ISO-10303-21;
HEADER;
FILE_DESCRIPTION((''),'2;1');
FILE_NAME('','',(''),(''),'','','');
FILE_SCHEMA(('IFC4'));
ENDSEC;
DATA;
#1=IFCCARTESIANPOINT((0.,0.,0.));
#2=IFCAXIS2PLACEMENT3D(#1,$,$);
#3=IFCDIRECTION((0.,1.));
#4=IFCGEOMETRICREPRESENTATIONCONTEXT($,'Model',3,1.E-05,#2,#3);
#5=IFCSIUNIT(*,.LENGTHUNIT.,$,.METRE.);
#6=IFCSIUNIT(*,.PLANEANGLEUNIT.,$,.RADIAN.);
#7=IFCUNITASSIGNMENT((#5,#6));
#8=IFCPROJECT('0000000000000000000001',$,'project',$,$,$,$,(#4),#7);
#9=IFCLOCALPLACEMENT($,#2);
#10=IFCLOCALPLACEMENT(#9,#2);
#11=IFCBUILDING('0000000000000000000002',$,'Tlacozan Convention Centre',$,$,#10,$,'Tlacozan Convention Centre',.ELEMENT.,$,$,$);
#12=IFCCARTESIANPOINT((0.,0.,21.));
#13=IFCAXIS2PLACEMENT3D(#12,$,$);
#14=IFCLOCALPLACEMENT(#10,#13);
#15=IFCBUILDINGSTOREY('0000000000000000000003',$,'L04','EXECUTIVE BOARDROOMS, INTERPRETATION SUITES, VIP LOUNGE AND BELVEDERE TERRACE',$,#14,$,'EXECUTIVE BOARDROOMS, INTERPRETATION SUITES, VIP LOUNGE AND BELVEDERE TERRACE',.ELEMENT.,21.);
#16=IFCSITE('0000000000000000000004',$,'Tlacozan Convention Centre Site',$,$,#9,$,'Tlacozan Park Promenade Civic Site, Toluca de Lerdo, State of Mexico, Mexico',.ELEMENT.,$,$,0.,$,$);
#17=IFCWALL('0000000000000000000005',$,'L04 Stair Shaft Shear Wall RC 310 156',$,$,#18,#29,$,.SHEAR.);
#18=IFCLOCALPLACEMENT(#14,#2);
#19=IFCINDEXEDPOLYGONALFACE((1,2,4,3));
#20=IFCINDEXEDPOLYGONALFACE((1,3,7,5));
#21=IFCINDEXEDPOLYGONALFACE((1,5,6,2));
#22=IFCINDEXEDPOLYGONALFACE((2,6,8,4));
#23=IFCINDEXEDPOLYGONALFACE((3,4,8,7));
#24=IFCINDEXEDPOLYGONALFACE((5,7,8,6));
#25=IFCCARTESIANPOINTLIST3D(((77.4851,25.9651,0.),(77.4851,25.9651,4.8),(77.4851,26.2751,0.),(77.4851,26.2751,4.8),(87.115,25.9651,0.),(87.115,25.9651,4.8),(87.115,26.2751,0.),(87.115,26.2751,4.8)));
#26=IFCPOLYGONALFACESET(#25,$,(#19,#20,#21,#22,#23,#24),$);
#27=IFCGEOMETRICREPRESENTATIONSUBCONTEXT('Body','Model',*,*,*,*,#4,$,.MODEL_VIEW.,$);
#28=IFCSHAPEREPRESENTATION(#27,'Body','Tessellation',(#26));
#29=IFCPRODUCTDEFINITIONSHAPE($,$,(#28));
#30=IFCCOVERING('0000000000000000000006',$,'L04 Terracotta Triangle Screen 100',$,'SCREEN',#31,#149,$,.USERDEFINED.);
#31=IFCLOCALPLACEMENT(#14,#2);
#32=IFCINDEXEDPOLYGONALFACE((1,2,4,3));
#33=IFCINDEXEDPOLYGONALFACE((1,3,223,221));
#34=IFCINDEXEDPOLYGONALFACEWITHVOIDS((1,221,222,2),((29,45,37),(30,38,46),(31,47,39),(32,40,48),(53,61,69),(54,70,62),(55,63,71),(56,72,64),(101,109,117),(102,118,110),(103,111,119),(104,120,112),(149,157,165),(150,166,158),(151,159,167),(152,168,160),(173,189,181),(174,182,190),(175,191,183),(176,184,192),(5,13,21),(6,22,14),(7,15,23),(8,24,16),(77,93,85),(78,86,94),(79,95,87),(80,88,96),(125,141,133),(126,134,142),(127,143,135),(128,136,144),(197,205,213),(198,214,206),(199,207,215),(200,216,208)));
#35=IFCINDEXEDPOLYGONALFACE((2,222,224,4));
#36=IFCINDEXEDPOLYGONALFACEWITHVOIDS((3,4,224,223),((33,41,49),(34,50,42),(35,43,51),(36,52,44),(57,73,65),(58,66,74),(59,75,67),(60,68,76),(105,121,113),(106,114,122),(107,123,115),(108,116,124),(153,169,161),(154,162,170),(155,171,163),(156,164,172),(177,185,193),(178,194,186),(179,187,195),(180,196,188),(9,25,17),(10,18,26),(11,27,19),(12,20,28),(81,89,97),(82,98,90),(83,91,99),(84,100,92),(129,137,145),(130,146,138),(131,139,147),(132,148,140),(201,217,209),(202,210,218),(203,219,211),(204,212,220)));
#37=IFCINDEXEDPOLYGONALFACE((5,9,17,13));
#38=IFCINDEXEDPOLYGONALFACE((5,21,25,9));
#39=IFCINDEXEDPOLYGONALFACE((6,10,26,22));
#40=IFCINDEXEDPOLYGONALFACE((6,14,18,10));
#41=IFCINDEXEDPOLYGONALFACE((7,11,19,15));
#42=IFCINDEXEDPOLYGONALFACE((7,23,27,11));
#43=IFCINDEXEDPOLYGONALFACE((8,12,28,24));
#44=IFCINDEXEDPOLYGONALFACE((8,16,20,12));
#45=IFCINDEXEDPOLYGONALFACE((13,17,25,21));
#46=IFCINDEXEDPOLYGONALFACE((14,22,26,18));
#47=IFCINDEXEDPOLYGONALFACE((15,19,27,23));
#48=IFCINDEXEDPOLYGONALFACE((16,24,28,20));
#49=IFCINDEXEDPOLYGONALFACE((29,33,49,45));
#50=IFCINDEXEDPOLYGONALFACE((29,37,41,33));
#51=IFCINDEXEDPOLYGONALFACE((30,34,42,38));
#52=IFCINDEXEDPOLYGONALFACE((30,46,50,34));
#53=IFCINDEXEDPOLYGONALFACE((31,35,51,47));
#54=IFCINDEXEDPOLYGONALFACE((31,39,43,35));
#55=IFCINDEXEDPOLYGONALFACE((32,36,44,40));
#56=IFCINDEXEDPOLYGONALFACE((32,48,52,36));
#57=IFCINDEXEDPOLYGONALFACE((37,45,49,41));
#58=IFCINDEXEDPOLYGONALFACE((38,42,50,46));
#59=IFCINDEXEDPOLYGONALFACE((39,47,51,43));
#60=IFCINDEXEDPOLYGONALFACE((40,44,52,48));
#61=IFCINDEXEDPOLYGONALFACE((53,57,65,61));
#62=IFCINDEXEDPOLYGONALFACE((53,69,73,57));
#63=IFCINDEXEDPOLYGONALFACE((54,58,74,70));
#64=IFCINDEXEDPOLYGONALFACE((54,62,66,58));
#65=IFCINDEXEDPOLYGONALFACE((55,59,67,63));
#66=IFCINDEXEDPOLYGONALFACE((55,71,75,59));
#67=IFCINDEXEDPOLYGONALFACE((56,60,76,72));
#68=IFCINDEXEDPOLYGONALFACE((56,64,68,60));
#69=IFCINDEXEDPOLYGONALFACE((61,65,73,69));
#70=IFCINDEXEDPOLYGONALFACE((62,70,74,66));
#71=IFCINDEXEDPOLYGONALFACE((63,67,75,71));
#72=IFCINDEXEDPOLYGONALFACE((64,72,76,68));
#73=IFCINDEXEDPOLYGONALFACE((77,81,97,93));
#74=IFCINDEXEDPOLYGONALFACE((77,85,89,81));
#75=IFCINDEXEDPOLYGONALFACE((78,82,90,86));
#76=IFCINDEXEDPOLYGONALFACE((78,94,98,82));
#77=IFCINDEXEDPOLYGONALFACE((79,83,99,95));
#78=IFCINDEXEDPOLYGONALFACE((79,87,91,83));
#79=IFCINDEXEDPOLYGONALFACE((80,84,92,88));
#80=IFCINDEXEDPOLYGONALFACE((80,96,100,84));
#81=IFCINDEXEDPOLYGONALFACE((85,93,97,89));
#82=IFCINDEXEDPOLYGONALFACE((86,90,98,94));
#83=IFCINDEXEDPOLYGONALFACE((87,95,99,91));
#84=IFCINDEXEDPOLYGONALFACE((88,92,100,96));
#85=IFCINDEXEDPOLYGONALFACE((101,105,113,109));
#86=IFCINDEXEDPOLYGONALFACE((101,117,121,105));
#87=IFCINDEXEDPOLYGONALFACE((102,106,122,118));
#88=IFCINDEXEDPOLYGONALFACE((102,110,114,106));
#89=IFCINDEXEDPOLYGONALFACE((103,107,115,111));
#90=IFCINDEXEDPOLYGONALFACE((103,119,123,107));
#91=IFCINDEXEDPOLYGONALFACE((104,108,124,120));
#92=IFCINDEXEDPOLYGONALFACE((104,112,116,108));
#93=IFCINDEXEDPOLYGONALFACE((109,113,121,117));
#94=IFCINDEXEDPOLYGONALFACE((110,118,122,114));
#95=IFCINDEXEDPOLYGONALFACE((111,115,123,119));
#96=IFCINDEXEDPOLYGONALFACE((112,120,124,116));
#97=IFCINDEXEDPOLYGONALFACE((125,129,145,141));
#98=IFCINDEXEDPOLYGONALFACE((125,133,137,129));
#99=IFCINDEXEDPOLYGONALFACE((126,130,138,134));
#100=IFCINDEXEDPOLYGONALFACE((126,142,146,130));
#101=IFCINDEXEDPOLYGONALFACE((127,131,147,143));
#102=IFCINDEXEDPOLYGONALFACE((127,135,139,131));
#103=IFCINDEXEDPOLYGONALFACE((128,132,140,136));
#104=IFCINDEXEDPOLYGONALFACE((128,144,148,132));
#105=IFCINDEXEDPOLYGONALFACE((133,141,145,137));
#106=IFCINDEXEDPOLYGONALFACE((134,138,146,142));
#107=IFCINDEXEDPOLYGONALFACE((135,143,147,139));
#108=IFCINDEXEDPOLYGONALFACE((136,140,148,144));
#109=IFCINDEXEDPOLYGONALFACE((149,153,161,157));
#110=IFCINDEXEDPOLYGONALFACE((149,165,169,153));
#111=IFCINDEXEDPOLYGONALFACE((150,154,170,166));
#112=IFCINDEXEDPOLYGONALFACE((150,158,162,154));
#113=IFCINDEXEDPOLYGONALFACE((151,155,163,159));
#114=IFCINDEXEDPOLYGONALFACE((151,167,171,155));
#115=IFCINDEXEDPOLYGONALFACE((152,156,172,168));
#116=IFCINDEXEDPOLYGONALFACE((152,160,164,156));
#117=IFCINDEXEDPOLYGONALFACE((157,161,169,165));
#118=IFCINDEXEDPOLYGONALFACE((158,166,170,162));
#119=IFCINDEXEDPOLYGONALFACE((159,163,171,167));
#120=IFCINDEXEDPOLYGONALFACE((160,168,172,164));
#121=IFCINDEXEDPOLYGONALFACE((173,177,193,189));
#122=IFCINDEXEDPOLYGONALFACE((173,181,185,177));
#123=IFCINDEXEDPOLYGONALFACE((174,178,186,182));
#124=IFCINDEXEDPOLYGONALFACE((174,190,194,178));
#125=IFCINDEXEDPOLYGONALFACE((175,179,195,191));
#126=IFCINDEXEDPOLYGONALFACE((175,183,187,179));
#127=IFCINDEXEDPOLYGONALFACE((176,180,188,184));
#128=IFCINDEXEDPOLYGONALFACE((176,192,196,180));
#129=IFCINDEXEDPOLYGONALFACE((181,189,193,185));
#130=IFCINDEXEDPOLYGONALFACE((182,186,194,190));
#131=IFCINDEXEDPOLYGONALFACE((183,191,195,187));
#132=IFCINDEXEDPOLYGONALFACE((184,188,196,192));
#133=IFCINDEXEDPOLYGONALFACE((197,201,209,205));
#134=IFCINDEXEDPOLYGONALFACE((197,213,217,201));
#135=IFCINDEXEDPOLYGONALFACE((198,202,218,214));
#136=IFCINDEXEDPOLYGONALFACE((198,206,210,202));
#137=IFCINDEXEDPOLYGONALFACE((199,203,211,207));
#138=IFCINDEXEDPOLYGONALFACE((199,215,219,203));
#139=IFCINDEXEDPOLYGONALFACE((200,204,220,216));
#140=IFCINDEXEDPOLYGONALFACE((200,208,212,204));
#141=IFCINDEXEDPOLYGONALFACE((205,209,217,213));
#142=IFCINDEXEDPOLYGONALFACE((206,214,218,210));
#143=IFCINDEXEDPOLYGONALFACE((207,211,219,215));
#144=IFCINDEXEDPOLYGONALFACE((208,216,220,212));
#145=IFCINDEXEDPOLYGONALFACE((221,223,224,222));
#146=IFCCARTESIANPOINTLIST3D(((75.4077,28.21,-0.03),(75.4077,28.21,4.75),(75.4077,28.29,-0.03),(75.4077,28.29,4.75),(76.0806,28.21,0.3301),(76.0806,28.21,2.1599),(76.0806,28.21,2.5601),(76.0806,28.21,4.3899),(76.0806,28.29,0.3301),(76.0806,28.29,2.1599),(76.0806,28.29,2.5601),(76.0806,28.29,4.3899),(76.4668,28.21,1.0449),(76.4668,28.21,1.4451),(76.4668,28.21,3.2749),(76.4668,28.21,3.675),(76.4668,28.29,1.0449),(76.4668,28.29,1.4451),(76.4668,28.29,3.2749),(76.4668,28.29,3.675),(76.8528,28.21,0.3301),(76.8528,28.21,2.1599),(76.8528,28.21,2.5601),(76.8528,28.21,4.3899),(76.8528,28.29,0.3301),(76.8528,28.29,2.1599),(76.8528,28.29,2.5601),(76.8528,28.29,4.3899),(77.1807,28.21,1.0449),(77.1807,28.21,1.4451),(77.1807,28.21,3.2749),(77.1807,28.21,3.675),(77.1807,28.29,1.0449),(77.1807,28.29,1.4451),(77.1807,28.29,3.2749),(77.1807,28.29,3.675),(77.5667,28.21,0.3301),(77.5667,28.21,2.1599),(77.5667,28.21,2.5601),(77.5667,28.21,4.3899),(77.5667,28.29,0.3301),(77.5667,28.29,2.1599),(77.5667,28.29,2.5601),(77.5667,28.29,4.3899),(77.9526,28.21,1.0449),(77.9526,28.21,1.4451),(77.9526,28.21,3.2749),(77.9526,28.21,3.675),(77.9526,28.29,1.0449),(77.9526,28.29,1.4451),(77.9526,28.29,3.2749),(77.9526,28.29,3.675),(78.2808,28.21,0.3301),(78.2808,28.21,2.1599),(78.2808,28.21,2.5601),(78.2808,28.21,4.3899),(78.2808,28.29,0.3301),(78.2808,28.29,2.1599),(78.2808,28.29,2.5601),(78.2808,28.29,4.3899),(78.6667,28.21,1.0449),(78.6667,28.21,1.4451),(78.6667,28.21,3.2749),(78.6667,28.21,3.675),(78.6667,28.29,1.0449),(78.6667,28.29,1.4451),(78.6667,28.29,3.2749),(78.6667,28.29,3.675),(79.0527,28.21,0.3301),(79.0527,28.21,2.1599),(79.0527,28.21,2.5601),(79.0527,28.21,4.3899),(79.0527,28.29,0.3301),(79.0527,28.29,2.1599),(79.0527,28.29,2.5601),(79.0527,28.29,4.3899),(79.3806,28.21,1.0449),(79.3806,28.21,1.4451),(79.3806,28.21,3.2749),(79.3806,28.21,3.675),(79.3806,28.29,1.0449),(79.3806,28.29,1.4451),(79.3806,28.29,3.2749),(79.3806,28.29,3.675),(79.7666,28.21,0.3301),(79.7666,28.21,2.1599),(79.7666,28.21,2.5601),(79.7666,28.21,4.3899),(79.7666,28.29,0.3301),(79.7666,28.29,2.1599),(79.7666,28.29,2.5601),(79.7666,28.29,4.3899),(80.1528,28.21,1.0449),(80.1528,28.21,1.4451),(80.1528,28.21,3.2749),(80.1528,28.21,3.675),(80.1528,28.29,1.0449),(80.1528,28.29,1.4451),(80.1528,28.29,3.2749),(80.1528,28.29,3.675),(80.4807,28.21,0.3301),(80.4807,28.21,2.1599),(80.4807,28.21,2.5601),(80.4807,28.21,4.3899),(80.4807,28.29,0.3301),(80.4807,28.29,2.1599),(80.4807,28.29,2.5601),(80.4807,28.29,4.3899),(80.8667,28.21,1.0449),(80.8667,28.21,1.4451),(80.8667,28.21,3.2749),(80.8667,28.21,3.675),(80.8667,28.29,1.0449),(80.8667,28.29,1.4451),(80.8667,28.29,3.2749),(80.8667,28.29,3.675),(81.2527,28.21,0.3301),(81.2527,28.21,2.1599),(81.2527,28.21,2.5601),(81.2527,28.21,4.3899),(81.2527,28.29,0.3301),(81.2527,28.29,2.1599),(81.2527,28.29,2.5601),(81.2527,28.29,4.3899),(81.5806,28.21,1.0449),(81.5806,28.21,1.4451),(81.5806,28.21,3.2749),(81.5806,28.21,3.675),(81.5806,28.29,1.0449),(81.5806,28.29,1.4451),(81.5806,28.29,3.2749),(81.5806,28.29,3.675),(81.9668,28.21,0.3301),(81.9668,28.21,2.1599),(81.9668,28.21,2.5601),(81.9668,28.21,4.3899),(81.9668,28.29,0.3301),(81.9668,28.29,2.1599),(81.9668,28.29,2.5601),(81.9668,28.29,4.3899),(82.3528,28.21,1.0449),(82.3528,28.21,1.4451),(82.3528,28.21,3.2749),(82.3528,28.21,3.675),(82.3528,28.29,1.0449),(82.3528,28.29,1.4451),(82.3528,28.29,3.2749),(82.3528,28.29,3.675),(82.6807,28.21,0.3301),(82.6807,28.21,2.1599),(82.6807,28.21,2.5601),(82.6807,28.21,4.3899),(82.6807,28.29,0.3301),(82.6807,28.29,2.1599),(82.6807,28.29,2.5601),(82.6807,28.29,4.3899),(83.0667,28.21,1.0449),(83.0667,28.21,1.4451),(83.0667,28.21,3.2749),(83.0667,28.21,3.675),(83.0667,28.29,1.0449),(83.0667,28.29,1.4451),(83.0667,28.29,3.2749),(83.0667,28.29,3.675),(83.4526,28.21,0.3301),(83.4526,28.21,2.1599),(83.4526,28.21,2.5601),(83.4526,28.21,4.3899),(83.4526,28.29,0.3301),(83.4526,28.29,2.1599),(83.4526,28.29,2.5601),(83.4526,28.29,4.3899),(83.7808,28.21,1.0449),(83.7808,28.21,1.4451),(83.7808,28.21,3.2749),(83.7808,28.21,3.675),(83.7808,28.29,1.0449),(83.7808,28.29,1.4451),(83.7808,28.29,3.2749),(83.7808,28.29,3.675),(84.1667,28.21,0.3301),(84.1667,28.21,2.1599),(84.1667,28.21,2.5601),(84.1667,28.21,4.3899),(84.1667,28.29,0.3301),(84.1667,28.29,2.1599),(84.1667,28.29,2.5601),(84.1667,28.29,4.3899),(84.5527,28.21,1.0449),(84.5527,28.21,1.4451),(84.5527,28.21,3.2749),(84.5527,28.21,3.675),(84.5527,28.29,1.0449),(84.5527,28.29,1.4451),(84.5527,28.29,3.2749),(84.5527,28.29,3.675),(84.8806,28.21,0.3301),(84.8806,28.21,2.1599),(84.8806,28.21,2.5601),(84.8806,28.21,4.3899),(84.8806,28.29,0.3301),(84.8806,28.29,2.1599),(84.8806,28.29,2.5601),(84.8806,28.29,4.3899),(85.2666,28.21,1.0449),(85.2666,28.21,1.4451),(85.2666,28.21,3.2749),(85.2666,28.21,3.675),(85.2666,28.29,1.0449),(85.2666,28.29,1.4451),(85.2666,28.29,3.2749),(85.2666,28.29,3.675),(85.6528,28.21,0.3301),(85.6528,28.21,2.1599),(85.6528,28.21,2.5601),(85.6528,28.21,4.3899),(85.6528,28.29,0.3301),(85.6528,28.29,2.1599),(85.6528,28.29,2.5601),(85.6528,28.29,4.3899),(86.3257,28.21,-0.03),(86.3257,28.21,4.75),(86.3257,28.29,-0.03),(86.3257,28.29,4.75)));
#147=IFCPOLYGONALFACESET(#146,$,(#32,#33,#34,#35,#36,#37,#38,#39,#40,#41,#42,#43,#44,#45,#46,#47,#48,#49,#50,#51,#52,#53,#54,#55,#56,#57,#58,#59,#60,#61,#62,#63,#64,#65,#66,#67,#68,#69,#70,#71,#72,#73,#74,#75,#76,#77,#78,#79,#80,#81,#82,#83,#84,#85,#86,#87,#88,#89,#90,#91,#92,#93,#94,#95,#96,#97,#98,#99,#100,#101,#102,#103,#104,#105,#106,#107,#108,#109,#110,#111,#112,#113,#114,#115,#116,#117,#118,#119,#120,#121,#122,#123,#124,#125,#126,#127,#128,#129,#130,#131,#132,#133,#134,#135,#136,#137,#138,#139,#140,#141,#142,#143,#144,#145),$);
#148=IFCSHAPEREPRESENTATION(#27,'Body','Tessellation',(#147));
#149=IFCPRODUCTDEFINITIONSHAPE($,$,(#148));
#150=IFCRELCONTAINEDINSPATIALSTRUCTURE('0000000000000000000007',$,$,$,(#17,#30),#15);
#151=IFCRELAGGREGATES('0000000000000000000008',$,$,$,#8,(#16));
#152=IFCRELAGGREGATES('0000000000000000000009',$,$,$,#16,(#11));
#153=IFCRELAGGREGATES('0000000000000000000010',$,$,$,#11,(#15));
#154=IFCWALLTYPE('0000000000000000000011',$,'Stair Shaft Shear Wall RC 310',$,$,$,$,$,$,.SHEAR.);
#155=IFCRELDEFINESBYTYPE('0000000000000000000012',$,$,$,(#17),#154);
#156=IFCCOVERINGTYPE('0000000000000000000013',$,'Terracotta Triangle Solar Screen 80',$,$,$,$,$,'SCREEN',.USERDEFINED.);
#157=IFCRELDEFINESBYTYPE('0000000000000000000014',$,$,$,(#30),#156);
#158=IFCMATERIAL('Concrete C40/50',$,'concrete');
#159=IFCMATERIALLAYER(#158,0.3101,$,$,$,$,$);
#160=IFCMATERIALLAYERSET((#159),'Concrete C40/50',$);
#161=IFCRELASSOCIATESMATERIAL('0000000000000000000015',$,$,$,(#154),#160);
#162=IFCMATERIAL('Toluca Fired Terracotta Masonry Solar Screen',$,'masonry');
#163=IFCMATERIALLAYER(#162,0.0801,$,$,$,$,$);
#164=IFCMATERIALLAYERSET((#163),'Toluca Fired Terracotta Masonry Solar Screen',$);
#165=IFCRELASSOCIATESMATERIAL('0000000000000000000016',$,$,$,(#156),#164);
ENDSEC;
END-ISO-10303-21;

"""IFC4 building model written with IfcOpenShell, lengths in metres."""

from ifc_helpers import new_model, si_unit, direction, frame, frame_2d, origin, place, context, subcontext, project, spatial, polyline, rectangle, outline, extrude, material, layer, layer_set, type_object, element, save


model = new_model("IFC4")

# Units and contexts
model_context = context("Model", 3, precision=1e-05, world=origin(), true_north=direction((0.0, 1.0)))
body_context = subcontext(model_context, "Body", "Model", "MODEL_VIEW")
ifc_project = project(units=[si_unit("LENGTHUNIT", "METRE"), si_unit("PLANEANGLEUNIT", "RADIAN")], contexts=[model_context])

# Site, building, storey
site_placement = place(None, origin())
site = spatial("IfcSite", under=ifc_project, at=site_placement, Name="Tlacozan Convention Centre Site", LongName="Tlacozan Park Promenade Civic Site, Toluca de Lerdo, State of Mexico, Mexico", CompositionType="ELEMENT", RefElevation=0.0)
building_placement = place(site_placement, origin())
building = spatial("IfcBuilding", under=site, at=building_placement, Name="Tlacozan Convention Centre", LongName="Tlacozan Convention Centre", CompositionType="ELEMENT")
storey_placement = place(building_placement, frame((0.0, 0.0, 21.0)))
storey = spatial("IfcBuildingStorey", under=building, at=storey_placement, Name="L04", Description="EXECUTIVE BOARDROOMS, INTERPRETATION SUITES, VIP LOUNGE AND BELVEDERE TERRACE", LongName="EXECUTIVE BOARDROOMS, INTERPRETATION SUITES, VIP LOUNGE AND BELVEDERE TERRACE", CompositionType="ELEMENT", Elevation=21.0)

# Shared definitions
ifc_material_1 = material(Name="Concrete C40/50", Category="concrete")

# Wall
ifc_layer_1 = layer(ifc_material_1, 0.3101)
ifc_layer_set_1 = layer_set([ifc_layer_1], Name="Concrete C40/50")
wall_type_1 = type_object("IfcWallType", Name="Stair Shaft Shear Wall RC 310", PredefinedType="SHEAR", material=ifc_layer_set_1)
wall_1_placement = place(storey_placement, frame((77.4851, 26.1201, 0.0), z_axis=(0.0, 0.0, 1.0), x_axis=(1.0, 0.0, 0.0)))
element("IfcWall", 1, at=wall_1_placement, inside=storey, type_object=wall_type_1, Name="L04 Stair Shaft Shear Wall RC 310 156", PredefinedType="SHEAR", context=body_context, shape_type="SweptSolid", body=[
    extrude(rectangle(XDim=9.6299, YDim=0.3101, at=frame_2d((4.8149, 0.0))), origin(), (0.0, 0.0, 1.0), 4.8),
])

# Covering
ifc_material_2 = material(Name="Toluca Fired Terracotta Masonry Solar Screen", Category="masonry")
ifc_layer_2 = layer(ifc_material_2, 0.0801)
ifc_layer_set_2 = layer_set([ifc_layer_2], Name="Toluca Fired Terracotta Masonry Solar Screen")
covering_type = type_object("IfcCoveringType", Name="Terracotta Triangle Solar Screen 80", ElementType="SCREEN", PredefinedType="USERDEFINED", material=ifc_layer_set_2)
covering_1_placement = place(storey_placement, frame((75.4077, 28.25, -0.03), z_axis=(0.0, 0.0, 1.0), x_axis=(1.0, 0.0, 0.0)))
element("IfcCovering", 2, at=covering_1_placement, inside=storey, type_object=covering_type, Name="L04 Terracotta Triangle Screen 100", ObjectType="SCREEN", PredefinedType="USERDEFINED", context=body_context, shape_type="SweptSolid", body=[
    extrude(outline(polyline([(0.0, 0.0), (10.918, 0.0), (10.918, 4.78), (0.0, 4.78), (0.0, 0.0)]), holes=[polyline([(0.6729, 0.3601), (1.4451, 0.3601), (1.0591, 1.075), (0.6729, 0.3601)]), polyline([(1.7729, 1.075), (2.5449, 1.075), (2.1589, 0.3601), (1.7729, 1.075)]), polyline([(2.873, 0.3601), (3.645, 0.3601), (3.259, 1.075), (2.873, 0.3601)]), polyline([(3.9729, 1.075), (4.7451, 1.075), (4.3589, 0.3601), (3.9729, 1.075)]), polyline([(5.073, 0.3601), (5.845, 0.3601), (5.459, 1.075), (5.073, 0.3601)]), polyline([(6.1729, 1.075), (6.9451, 1.075), (6.5591, 0.3601), (6.1729, 1.075)]), polyline([(7.2729, 0.3601), (8.0449, 0.3601), (7.6589, 1.075), (7.2729, 0.3601)]), polyline([(8.373, 1.075), (9.145, 1.075), (8.759, 0.3601), (8.373, 1.075)]), polyline([(9.4729, 0.3601), (10.2451, 0.3601), (9.8589, 1.075), (9.4729, 0.3601)]), polyline([(0.6729, 2.1899), (1.4451, 2.1899), (1.0591, 1.4751), (0.6729, 2.1899)]), polyline([(1.7729, 1.4751), (2.5449, 1.4751), (2.1589, 2.1899), (1.7729, 1.4751)]), polyline([(2.873, 2.1899), (3.645, 2.1899), (3.259, 1.4751), (2.873, 2.1899)]), polyline([(3.9729, 1.4751), (4.7451, 1.4751), (4.3589, 2.1899), (3.9729, 1.4751)]), polyline([(5.073, 2.1899), (5.845, 2.1899), (5.459, 1.4751), (5.073, 2.1899)]), polyline([(6.1729, 1.4751), (6.9451, 1.4751), (6.5591, 2.1899), (6.1729, 1.4751)]), polyline([(7.2729, 2.1899), (8.0449, 2.1899), (7.6589, 1.4751), (7.2729, 2.1899)]), polyline([(8.373, 1.4751), (9.145, 1.4751), (8.759, 2.1899), (8.373, 1.4751)]), polyline([(9.4729, 2.1899), (10.2451, 2.1899), (9.8589, 1.4751), (9.4729, 2.1899)]), polyline([(0.6729, 2.5901), (1.4451, 2.5901), (1.0591, 3.3049), (0.6729, 2.5901)]), polyline([(1.7729, 3.3049), (2.5449, 3.3049), (2.1589, 2.5901), (1.7729, 3.3049)]), polyline([(2.873, 2.5901), (3.645, 2.5901), (3.259, 3.3049), (2.873, 2.5901)]), polyline([(3.9729, 3.3049), (4.7451, 3.3049), (4.3589, 2.5901), (3.9729, 3.3049)]), polyline([(5.073, 2.5901), (5.845, 2.5901), (5.459, 3.3049), (5.073, 2.5901)]), polyline([(6.1729, 3.3049), (6.9451, 3.3049), (6.5591, 2.5901), (6.1729, 3.3049)]), polyline([(7.2729, 2.5901), (8.0449, 2.5901), (7.6589, 3.3049), (7.2729, 2.5901)]), polyline([(8.373, 3.3049), (9.145, 3.3049), (8.759, 2.5901), (8.373, 3.3049)]), polyline([(9.4729, 2.5901), (10.2451, 2.5901), (9.8589, 3.3049), (9.4729, 2.5901)]), polyline([(0.6729, 4.4199), (1.4451, 4.4199), (1.0591, 3.7051), (0.6729, 4.4199)]), polyline([(1.7729, 3.7051), (2.5449, 3.7051), (2.1589, 4.4199), (1.7729, 3.7051)]), polyline([(2.873, 4.4199), (3.645, 4.4199), (3.259, 3.7051), (2.873, 4.4199)]), polyline([(3.9729, 3.7051), (4.7451, 3.7051), (4.3589, 4.4199), (3.9729, 3.7051)]), polyline([(5.073, 4.4199), (5.845, 4.4199), (5.459, 3.7051), (5.073, 4.4199)]), polyline([(6.1729, 3.7051), (6.9451, 3.7051), (6.5591, 4.4199), (6.1729, 3.7051)]), polyline([(7.2729, 4.4199), (8.0449, 4.4199), (7.6589, 3.7051), (7.2729, 4.4199)]), polyline([(8.373, 3.7051), (9.145, 3.7051), (8.759, 4.4199), (8.373, 3.7051)]), polyline([(9.4729, 4.4199), (10.2451, 4.4199), (9.8589, 3.7051), (9.4729, 4.4199)])]), frame((0.0, 0.04, 0.0), z_axis=(0.0, -1.0, 0.0), x_axis=(1.0, 0.0, 0.0)), (0.0, 0.0, 1.0), 0.0801),
])

save(model, "model.ifc")
